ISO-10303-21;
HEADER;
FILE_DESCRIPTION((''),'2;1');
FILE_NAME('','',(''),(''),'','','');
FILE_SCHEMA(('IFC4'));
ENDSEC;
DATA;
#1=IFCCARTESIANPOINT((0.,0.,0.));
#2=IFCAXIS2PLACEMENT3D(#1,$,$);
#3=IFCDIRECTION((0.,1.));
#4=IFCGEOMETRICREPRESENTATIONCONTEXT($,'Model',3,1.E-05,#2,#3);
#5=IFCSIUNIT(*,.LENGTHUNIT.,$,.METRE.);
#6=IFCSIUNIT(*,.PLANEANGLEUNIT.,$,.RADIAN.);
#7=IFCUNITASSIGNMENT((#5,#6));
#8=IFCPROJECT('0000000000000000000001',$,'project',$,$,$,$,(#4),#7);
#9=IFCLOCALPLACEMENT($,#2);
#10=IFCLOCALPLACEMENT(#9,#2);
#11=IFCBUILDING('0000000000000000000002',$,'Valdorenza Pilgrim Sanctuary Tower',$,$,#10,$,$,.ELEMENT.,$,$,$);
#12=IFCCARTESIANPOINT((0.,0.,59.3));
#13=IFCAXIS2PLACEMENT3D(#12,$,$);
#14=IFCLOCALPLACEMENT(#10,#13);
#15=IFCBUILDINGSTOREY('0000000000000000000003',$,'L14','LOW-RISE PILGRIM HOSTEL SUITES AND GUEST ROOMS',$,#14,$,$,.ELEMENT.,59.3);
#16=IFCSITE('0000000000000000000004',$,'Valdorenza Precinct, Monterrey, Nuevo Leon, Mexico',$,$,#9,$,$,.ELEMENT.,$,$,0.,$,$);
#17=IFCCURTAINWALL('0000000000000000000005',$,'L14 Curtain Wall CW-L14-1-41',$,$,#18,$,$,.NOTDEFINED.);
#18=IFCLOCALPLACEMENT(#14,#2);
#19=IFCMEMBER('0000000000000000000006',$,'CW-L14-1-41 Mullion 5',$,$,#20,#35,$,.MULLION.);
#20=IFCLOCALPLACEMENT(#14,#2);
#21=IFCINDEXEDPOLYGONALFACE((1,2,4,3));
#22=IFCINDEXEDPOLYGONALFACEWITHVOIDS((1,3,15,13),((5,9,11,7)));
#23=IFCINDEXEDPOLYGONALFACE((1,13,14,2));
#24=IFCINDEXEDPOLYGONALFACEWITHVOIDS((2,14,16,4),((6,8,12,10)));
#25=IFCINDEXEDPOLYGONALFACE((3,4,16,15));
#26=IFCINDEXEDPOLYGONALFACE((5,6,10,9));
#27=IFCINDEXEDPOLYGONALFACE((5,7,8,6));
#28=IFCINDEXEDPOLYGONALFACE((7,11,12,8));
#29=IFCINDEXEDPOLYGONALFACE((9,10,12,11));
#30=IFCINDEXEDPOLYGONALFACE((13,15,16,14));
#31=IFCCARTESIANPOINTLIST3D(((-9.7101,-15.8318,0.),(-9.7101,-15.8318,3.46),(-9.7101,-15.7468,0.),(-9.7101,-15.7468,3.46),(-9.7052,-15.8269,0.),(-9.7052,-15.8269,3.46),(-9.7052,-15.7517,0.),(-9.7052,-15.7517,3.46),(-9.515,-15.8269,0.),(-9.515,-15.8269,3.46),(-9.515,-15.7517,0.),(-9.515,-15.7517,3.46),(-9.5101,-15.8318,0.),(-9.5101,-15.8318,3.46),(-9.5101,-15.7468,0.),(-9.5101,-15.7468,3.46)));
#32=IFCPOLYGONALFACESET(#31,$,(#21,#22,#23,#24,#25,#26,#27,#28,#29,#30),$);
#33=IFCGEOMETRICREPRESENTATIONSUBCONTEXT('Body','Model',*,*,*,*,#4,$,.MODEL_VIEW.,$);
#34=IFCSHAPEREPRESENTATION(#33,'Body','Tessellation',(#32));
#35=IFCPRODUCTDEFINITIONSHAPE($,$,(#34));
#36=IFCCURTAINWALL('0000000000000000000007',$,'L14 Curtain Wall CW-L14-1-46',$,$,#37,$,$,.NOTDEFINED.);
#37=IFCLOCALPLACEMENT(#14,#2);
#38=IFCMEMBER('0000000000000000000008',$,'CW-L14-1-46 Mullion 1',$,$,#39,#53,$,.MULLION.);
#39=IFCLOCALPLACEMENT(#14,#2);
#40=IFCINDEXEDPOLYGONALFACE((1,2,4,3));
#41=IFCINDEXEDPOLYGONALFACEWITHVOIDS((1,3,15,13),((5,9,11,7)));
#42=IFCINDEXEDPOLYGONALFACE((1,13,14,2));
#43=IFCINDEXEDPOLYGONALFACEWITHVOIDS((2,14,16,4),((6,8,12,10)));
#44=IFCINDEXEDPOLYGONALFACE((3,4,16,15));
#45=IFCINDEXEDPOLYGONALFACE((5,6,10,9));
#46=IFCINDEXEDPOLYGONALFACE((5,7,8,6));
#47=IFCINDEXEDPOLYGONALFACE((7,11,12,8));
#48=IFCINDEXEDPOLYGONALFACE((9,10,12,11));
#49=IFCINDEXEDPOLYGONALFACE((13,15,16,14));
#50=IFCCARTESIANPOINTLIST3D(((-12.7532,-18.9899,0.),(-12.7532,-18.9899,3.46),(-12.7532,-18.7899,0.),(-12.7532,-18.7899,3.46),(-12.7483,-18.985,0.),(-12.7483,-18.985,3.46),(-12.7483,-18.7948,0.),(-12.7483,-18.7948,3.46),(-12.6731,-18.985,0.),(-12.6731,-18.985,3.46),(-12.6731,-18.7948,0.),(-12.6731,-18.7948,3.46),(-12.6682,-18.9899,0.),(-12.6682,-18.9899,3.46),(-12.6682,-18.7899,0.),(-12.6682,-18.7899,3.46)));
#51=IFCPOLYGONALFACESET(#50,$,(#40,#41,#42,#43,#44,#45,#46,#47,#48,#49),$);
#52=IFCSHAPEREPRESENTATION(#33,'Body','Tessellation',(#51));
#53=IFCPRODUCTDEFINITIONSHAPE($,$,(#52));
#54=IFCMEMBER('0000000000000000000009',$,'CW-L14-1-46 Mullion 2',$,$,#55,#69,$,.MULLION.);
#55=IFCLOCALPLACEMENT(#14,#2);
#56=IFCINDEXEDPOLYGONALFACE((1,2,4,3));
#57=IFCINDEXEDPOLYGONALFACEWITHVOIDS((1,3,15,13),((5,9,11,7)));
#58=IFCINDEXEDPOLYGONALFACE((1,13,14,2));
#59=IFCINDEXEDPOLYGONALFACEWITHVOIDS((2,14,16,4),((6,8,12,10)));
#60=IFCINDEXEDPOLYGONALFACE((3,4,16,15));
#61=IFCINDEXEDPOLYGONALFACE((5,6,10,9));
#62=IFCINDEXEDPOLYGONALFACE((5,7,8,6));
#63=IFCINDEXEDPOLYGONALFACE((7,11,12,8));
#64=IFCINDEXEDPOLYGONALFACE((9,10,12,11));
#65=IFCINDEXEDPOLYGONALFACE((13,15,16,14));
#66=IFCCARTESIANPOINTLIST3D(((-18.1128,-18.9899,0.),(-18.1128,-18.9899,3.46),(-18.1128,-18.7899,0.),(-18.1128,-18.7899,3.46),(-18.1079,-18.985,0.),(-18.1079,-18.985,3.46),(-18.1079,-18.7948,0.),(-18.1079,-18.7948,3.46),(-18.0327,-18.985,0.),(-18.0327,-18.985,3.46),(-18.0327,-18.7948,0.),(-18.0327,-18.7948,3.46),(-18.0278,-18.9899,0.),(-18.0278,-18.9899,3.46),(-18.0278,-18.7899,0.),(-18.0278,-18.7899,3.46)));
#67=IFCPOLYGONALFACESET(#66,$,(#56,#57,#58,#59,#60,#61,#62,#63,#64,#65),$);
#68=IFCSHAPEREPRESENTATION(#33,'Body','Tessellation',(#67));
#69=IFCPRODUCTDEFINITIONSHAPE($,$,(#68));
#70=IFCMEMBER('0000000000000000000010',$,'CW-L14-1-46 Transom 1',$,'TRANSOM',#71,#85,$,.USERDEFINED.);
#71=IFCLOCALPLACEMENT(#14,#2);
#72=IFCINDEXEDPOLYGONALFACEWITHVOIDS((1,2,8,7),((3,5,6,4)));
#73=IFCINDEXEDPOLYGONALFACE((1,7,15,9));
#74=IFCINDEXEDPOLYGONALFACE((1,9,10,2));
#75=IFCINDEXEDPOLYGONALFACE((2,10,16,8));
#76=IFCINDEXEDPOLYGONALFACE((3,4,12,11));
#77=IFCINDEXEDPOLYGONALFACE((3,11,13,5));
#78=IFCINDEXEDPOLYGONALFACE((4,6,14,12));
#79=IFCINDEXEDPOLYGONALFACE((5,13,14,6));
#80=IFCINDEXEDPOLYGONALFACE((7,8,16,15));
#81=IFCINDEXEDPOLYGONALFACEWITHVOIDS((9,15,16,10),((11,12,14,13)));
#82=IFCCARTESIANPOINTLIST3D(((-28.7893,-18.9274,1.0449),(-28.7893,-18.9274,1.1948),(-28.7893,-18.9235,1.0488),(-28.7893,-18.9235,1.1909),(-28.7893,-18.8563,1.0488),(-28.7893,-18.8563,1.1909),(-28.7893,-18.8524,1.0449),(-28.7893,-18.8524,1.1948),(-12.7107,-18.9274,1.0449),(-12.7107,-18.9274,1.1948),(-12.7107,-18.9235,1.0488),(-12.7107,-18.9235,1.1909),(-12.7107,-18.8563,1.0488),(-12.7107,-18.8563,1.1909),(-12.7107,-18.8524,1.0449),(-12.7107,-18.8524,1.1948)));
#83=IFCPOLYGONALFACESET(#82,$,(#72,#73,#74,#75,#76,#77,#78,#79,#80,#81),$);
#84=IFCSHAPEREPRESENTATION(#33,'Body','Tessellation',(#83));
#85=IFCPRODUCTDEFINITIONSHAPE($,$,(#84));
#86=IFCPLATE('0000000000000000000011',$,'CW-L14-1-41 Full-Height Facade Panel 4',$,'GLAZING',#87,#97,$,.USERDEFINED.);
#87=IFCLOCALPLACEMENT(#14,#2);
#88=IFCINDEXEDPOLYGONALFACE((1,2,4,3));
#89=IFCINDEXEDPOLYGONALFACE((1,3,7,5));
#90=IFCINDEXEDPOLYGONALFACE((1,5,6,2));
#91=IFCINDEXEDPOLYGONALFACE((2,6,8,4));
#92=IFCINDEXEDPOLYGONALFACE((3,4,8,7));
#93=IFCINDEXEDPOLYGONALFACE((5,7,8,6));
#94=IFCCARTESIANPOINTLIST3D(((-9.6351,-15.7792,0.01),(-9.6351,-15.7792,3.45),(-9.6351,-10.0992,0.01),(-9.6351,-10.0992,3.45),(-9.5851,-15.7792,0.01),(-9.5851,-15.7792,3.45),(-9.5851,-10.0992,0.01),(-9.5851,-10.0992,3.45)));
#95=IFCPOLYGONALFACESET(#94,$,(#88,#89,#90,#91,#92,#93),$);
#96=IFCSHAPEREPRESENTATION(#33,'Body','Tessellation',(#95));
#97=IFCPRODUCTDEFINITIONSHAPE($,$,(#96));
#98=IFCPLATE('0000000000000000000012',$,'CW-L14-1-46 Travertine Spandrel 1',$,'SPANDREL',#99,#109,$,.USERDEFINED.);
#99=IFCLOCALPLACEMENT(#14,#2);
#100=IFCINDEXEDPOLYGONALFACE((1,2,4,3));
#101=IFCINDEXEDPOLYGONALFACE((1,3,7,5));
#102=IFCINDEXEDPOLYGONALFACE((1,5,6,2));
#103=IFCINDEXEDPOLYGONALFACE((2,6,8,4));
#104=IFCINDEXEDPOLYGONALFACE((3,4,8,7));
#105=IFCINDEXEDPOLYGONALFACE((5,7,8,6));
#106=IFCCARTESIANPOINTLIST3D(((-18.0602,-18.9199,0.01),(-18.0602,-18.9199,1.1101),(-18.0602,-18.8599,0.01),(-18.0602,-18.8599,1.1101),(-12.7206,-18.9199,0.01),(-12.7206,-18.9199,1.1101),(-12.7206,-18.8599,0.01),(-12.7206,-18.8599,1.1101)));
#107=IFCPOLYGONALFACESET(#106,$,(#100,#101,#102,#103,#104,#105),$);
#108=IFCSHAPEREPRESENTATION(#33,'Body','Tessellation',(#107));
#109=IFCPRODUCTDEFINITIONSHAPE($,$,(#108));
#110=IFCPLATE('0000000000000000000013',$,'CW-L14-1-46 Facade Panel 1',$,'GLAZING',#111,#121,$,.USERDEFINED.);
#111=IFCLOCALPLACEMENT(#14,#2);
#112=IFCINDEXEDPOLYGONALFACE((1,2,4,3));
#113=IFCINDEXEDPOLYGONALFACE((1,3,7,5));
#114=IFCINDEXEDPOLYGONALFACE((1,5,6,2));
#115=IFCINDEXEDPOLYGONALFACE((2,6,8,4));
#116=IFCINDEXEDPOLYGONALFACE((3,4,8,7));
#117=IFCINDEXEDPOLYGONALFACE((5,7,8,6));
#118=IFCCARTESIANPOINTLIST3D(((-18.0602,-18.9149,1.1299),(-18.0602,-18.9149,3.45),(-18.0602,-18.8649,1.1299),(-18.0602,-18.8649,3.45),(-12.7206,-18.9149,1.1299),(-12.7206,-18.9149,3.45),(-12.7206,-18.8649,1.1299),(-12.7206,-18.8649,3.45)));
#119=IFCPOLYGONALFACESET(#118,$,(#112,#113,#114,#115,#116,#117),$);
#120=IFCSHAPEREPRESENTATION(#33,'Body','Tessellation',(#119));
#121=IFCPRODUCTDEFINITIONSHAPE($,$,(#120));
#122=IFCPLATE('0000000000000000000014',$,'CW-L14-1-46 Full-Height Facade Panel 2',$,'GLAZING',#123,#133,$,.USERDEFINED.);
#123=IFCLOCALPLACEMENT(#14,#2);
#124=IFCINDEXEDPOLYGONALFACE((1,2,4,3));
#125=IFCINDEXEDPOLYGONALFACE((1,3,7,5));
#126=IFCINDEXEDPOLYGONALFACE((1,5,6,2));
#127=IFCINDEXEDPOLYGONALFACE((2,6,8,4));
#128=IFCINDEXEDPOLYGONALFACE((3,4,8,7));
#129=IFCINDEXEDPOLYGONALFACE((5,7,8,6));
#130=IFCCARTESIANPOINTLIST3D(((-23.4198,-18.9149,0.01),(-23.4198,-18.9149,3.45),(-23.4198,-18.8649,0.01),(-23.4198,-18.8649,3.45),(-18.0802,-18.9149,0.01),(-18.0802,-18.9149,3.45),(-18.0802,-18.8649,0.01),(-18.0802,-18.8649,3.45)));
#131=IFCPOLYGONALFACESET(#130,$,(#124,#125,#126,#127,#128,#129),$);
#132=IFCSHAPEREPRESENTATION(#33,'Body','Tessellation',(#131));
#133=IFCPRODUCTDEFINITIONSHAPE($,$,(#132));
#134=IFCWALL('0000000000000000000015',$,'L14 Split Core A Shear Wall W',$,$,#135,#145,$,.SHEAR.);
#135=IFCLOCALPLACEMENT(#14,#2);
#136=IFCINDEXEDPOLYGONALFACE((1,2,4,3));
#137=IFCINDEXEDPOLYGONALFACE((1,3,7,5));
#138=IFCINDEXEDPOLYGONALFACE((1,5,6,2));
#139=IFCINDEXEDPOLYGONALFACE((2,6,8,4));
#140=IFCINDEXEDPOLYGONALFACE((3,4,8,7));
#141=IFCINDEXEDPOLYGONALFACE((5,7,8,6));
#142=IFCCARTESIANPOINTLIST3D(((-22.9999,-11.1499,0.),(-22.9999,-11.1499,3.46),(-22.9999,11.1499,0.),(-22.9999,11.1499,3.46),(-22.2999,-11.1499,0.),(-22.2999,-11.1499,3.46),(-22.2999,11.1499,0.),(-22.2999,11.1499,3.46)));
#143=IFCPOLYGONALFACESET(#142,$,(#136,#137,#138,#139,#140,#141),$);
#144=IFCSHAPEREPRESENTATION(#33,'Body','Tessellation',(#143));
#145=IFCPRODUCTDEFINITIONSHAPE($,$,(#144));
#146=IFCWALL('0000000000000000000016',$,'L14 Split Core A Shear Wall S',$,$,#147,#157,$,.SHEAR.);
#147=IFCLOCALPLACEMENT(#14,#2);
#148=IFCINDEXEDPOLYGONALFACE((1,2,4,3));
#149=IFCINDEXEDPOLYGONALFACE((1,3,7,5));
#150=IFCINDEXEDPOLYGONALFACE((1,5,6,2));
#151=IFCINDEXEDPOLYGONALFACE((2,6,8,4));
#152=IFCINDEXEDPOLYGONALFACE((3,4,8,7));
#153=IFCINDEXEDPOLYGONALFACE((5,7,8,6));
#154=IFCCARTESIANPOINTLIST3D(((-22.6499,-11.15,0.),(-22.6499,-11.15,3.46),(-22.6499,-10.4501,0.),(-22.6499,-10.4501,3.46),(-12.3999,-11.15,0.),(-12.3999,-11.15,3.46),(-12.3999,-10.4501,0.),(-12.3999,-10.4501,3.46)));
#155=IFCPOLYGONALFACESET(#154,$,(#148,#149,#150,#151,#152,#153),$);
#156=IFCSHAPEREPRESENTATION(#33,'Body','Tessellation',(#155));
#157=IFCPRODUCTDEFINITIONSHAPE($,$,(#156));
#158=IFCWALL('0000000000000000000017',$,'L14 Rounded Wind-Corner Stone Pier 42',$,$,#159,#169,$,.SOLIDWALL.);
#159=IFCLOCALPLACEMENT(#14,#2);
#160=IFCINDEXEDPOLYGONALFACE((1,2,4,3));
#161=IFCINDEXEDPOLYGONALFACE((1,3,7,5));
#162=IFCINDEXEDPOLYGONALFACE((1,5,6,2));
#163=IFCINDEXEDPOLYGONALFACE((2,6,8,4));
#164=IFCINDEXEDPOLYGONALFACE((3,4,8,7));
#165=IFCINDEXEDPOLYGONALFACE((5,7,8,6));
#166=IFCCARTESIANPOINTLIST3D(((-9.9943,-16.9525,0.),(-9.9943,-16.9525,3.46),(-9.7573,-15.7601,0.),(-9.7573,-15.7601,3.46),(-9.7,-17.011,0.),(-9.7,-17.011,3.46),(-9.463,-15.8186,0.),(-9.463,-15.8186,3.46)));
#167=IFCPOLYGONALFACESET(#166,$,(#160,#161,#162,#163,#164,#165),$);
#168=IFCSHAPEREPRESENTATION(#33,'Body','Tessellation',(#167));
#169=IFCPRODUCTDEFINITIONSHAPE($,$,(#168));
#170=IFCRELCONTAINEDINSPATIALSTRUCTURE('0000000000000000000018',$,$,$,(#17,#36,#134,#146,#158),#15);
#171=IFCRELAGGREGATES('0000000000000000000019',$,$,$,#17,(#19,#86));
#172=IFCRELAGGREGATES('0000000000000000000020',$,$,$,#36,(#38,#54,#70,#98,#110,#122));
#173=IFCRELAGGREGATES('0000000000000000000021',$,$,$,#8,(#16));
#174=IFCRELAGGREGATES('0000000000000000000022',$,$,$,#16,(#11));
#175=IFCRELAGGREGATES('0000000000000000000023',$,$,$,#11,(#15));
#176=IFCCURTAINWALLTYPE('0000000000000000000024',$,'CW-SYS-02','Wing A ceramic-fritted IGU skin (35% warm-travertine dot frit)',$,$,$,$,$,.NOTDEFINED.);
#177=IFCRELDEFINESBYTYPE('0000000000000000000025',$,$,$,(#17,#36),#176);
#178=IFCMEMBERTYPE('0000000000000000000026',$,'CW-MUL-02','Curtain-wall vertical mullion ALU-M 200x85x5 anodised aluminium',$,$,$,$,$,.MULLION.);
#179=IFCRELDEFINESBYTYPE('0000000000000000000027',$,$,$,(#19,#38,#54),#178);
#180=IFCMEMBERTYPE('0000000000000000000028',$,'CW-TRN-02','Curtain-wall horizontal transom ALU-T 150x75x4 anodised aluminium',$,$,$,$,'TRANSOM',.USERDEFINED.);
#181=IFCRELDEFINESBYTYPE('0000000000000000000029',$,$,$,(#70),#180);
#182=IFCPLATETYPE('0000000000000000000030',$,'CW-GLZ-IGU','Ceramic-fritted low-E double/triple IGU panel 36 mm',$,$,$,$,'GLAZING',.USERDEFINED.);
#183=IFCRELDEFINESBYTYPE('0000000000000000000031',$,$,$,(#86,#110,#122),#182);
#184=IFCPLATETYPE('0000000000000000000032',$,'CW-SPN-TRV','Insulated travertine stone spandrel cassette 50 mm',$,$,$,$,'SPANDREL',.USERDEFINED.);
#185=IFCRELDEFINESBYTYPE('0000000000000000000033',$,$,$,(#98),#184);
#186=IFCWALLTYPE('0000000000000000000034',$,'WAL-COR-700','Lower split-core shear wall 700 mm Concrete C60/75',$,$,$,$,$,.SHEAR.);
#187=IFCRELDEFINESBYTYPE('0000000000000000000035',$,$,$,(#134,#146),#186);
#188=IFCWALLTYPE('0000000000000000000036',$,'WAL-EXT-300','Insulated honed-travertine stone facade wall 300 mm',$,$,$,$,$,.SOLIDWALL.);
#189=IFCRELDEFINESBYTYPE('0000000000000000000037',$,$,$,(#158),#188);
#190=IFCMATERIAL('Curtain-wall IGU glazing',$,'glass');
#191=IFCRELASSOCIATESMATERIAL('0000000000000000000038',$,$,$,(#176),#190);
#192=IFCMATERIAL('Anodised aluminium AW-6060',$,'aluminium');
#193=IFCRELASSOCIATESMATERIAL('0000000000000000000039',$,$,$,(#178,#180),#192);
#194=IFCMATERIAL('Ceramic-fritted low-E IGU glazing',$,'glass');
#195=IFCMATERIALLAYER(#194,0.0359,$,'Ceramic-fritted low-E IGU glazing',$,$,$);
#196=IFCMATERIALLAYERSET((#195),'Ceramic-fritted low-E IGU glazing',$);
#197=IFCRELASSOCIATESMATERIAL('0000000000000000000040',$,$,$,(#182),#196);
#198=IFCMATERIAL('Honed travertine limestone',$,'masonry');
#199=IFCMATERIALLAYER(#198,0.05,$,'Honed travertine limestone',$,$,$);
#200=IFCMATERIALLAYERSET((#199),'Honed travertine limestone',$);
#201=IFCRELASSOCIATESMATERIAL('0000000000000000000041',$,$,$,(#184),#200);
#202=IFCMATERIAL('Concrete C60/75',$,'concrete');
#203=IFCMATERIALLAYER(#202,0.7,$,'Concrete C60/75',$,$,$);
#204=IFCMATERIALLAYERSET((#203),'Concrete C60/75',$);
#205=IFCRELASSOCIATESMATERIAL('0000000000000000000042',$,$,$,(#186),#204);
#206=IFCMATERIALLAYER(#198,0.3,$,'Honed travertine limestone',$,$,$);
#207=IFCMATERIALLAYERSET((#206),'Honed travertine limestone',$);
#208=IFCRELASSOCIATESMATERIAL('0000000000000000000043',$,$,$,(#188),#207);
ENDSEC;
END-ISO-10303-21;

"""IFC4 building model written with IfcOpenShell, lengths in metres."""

from ifc_helpers import new_model, si_unit, direction, frame, frame_2d, origin, origin_2d, place, context, subcontext, project, spatial, rectangle, hollow_rectangle, extrude, source, transform, mapped, material, layer, layer_set, material_profile, profile_set, type_object, element, aggregate, save


model = new_model("IFC4")

# Units and contexts
model_context = context("Model", 3, precision=1e-05, world=origin(), true_north=direction((0.0, 1.0)))
body_context = subcontext(model_context, "Body", "Model", "MODEL_VIEW")
ifc_project = project(units=[si_unit("LENGTHUNIT", "METRE"), si_unit("PLANEANGLEUNIT", "RADIAN")], contexts=[model_context])

# Site, building, storey
site_placement = place(None, origin())
site = spatial("IfcSite", under=ifc_project, at=site_placement, Name="Valdorenza Precinct, Monterrey, Nuevo Leon, Mexico", CompositionType="ELEMENT", RefElevation=0.0)
building_placement = place(site_placement, origin())
building = spatial("IfcBuilding", under=site, at=building_placement, Name="Valdorenza Pilgrim Sanctuary Tower", CompositionType="ELEMENT")
storey_placement = place(building_placement, frame((0.0, 0.0, 59.3)))
storey = spatial("IfcBuildingStorey", under=building, at=storey_placement, Name="L14", Description="LOW-RISE PILGRIM HOSTEL SUITES AND GUEST ROOMS", CompositionType="ELEMENT", Elevation=59.3)

# Shared definitions
ifc_material_1 = material(Name="Concrete C60/75", Category="concrete")

# Curtain wall, member
ifc_material_2 = material(Name="Curtain-wall IGU glazing", Category="glass")
curtain_wall_type = type_object("IfcCurtainWallType", Name="CW-SYS-02", Description="Wing A ceramic-fritted IGU skin (35% warm-travertine dot frit)", PredefinedType="NOTDEFINED", material=ifc_material_2)
curtain_wall_1_placement = place(storey_placement, origin())
curtain_wall_1 = element("IfcCurtainWall", 1, at=curtain_wall_1_placement, inside=storey, type_object=curtain_wall_type, Name="L14 Curtain Wall CW-L14-1-41", PredefinedType="NOTDEFINED")
ifc_material_3 = material(Name="Anodised aluminium AW-6060", Category="aluminium")
ifc_material_profile_1 = material_profile(ifc_material_3, hollow_rectangle(XDim=0.085, YDim=0.2, WallThickness=0.0049, at=origin_2d()), Name="ALU-M 200x85x5")
ifc_profile_set_1 = profile_set([ifc_material_profile_1], Name="Anodised aluminium AW-6060")
member_type_1 = type_object("IfcMemberType", Name="CW-MUL-02", Description="Curtain-wall vertical mullion ALU-M 200x85x5 anodised aluminium", PredefinedType="MULLION", material=ifc_profile_set_1)
shared_shape_1 = source(origin(), body_context, "Body", "SweptSolid", [
    extrude(hollow_rectangle(XDim=0.085, YDim=0.2, WallThickness=0.0049, at=origin_2d()), origin(), (0.0, 0.0, 1.0), 3.46),
])
member_1_placement = place(storey_placement, frame((-9.6101, -15.7893, 0.0), z_axis=(0.0, 0.0, 1.0), x_axis=(0.0, -1.0, 0.0)))
member_1 = element("IfcMember", 2, at=member_1_placement, type_object=member_type_1, Name="CW-L14-1-41 Mullion 5", PredefinedType="MULLION", context=body_context, shape_type="MappedRepresentation", body=[
    mapped(shared_shape_1, transform((0.0, 0.0, 0.0), x_axis=(1.0, 0.0, 0.0), y_axis=(0.0, 1.0, 0.0), z_axis=(0.0, 0.0, 1.0), scale=1.0)),
])

# Curtain wall, members
curtain_wall_2_placement = place(storey_placement, origin())
curtain_wall_2 = element("IfcCurtainWall", 3, at=curtain_wall_2_placement, inside=storey, type_object=curtain_wall_type, Name="L14 Curtain Wall CW-L14-1-46", PredefinedType="NOTDEFINED")
member_2_placement = place(storey_placement, frame((-12.7107, -18.8899, 0.0), z_axis=(0.0, 0.0, 1.0), x_axis=(-1.0, 0.0, 0.0)))
member_2 = element("IfcMember", 4, at=member_2_placement, type_object=member_type_1, Name="CW-L14-1-46 Mullion 1", PredefinedType="MULLION", context=body_context, shape_type="MappedRepresentation", body=[
    mapped(shared_shape_1, transform((0.0, 0.0, 0.0), x_axis=(1.0, 0.0, 0.0), y_axis=(0.0, 1.0, 0.0), z_axis=(0.0, 0.0, 1.0), scale=1.0)),
])
member_3_placement = place(storey_placement, frame((-18.0703, -18.8899, 0.0), z_axis=(0.0, 0.0, 1.0), x_axis=(-1.0, 0.0, 0.0)))
member_3 = element("IfcMember", 5, at=member_3_placement, type_object=member_type_1, Name="CW-L14-1-46 Mullion 2", PredefinedType="MULLION", context=body_context, shape_type="MappedRepresentation", body=[
    mapped(shared_shape_1, transform((0.0, 0.0, 0.0), x_axis=(1.0, 0.0, 0.0), y_axis=(0.0, 1.0, 0.0), z_axis=(0.0, 0.0, 1.0), scale=1.0)),
])
ifc_material_profile_2 = material_profile(ifc_material_3, hollow_rectangle(XDim=0.075, YDim=0.1499, WallThickness=0.0039, at=origin_2d()), Name="ALU-T 150x75x4")
ifc_profile_set_2 = profile_set([ifc_material_profile_2], Name="Anodised aluminium AW-6060")
member_type_2 = type_object("IfcMemberType", Name="CW-TRN-02", Description="Curtain-wall horizontal transom ALU-T 150x75x4 anodised aluminium", ElementType="TRANSOM", PredefinedType="USERDEFINED", material=ifc_profile_set_2)
shared_shape_2 = source(origin(), body_context, "Body", "SweptSolid", [
    extrude(hollow_rectangle(XDim=0.075, YDim=0.1499, WallThickness=0.0039, at=origin_2d()), origin(), (0.0, 0.0, 1.0), 16.0786),
])
member_4_placement = place(storey_placement, frame((-12.7107, -18.8899, 1.1199), z_axis=(-1.0, 0.0, 0.0), x_axis=(0.0, -1.0, 0.0)))
member_4 = element("IfcMember", 6, at=member_4_placement, type_object=member_type_2, Name="CW-L14-1-46 Transom 1", ObjectType="TRANSOM", PredefinedType="USERDEFINED", context=body_context, shape_type="MappedRepresentation", body=[
    mapped(shared_shape_2, transform((0.0, 0.0, 0.0), x_axis=(1.0, 0.0, 0.0), y_axis=(0.0, 1.0, 0.0), z_axis=(0.0, 0.0, 1.0), scale=1.0)),
])

# Plates
ifc_material_4 = material(Name="Ceramic-fritted low-E IGU glazing", Category="glass")
ifc_layer_1 = layer(ifc_material_4, 0.0359, Name="Ceramic-fritted low-E IGU glazing")
ifc_layer_set_1 = layer_set([ifc_layer_1], Name="Ceramic-fritted low-E IGU glazing")
plate_type_1 = type_object("IfcPlateType", Name="CW-GLZ-IGU", Description="Ceramic-fritted low-E double/triple IGU panel 36 mm", ElementType="GLAZING", PredefinedType="USERDEFINED", material=ifc_layer_set_1)
shared_shape_3 = source(origin(), body_context, "Body", "SweptSolid", [
    extrude(rectangle(XDim=5.6799, YDim=0.05, at=origin_2d()), origin(), (0.0, 0.0, 1.0), 3.4399),
])
plate_1_placement = place(storey_placement, frame((-9.6101, -12.9392, 0.01), z_axis=(0.0, 0.0, 1.0), x_axis=(0.0, -1.0, 0.0)))
plate_1 = element("IfcPlate", 7, at=plate_1_placement, type_object=plate_type_1, Name="CW-L14-1-41 Full-Height Facade Panel 4", ObjectType="GLAZING", PredefinedType="USERDEFINED", context=body_context, shape_type="MappedRepresentation", body=[
    mapped(shared_shape_3, transform((0.0, 0.0, 0.0), x_axis=(1.0, 0.0, 0.0), y_axis=(0.0, 1.0, 0.0), z_axis=(0.0, 0.0, 1.0), scale=1.0)),
])
aggregate(curtain_wall_1, [member_1, plate_1])
ifc_material_5 = material(Name="Honed travertine limestone", Category="masonry")
ifc_layer_2 = layer(ifc_material_5, 0.05, Name="Honed travertine limestone")
ifc_layer_set_2 = layer_set([ifc_layer_2], Name="Honed travertine limestone")
plate_type_2 = type_object("IfcPlateType", Name="CW-SPN-TRV", Description="Insulated travertine stone spandrel cassette 50 mm", ElementType="SPANDREL", PredefinedType="USERDEFINED", material=ifc_layer_set_2)
shared_shape_4 = source(origin(), body_context, "Body", "SweptSolid", [
    extrude(rectangle(XDim=5.3396, YDim=0.0601, at=origin_2d()), origin(), (0.0, 0.0, 1.0), 1.1001),
])
plate_2_placement = place(storey_placement, frame((-15.3904, -18.8899, 0.01), z_axis=(0.0, 0.0, 1.0), x_axis=(-1.0, 0.0, 0.0)))
plate_2 = element("IfcPlate", 8, at=plate_2_placement, type_object=plate_type_2, Name="CW-L14-1-46 Travertine Spandrel 1", ObjectType="SPANDREL", PredefinedType="USERDEFINED", context=body_context, shape_type="MappedRepresentation", body=[
    mapped(shared_shape_4, transform((0.0, 0.0, 0.0), x_axis=(1.0, 0.0, 0.0), y_axis=(0.0, 1.0, 0.0), z_axis=(0.0, 0.0, 1.0), scale=1.0)),
])
shared_shape_5 = source(origin(), body_context, "Body", "SweptSolid", [
    extrude(rectangle(XDim=5.3396, YDim=0.05, at=origin_2d()), origin(), (0.0, 0.0, 1.0), 2.3201),
])
plate_3_placement = place(storey_placement, frame((-15.3904, -18.8899, 1.1299), z_axis=(0.0, 0.0, 1.0), x_axis=(-1.0, 0.0, 0.0)))
plate_3 = element("IfcPlate", 9, at=plate_3_placement, type_object=plate_type_1, Name="CW-L14-1-46 Facade Panel 1", ObjectType="GLAZING", PredefinedType="USERDEFINED", context=body_context, shape_type="MappedRepresentation", body=[
    mapped(shared_shape_5, transform((0.0, 0.0, 0.0), x_axis=(1.0, 0.0, 0.0), y_axis=(0.0, 1.0, 0.0), z_axis=(0.0, 0.0, 1.0), scale=1.0)),
])
shared_shape_6 = source(origin(), body_context, "Body", "SweptSolid", [
    extrude(rectangle(XDim=5.3396, YDim=0.05, at=origin_2d()), origin(), (0.0, 0.0, 1.0), 3.4399),
])
plate_4_placement = place(storey_placement, frame((-20.75, -18.8899, 0.01), z_axis=(0.0, 0.0, 1.0), x_axis=(-1.0, 0.0, 0.0)))
plate_4 = element("IfcPlate", 10, at=plate_4_placement, type_object=plate_type_1, Name="CW-L14-1-46 Full-Height Facade Panel 2", ObjectType="GLAZING", PredefinedType="USERDEFINED", context=body_context, shape_type="MappedRepresentation", body=[
    mapped(shared_shape_6, transform((0.0, 0.0, 0.0), x_axis=(1.0, 0.0, 0.0), y_axis=(0.0, 1.0, 0.0), z_axis=(0.0, 0.0, 1.0), scale=1.0)),
])
aggregate(curtain_wall_2, [member_2, member_3, member_4, plate_2, plate_3, plate_4])

# Walls
ifc_layer_3 = layer(ifc_material_1, 0.7, Name="Concrete C60/75")
ifc_layer_set_3 = layer_set([ifc_layer_3], Name="Concrete C60/75")
wall_type_1 = type_object("IfcWallType", Name="WAL-COR-700", Description="Lower split-core shear wall 700 mm Concrete C60/75", PredefinedType="SHEAR", material=ifc_layer_set_3)
wall_1_placement = place(storey_placement, frame((-22.6499, -11.1499, 0.0), z_axis=(0.0, 0.0, 1.0), x_axis=(0.0, 1.0, 0.0)))
element("IfcWall", 11, at=wall_1_placement, inside=storey, type_object=wall_type_1, Name="L14 Split Core A Shear Wall W", PredefinedType="SHEAR", context=body_context, shape_type="SweptSolid", body=[
    extrude(rectangle(XDim=22.2998, YDim=0.7, at=frame_2d((11.1499, 0.0))), origin(), (0.0, 0.0, 1.0), 3.46),
])
wall_2_placement = place(storey_placement, frame((-22.6499, -10.8, 0.0), z_axis=(0.0, 0.0, 1.0), x_axis=(1.0, 0.0, 0.0)))
element("IfcWall", 12, at=wall_2_placement, inside=storey, type_object=wall_type_1, Name="L14 Split Core A Shear Wall S", PredefinedType="SHEAR", context=body_context, shape_type="SweptSolid", body=[
    extrude(rectangle(XDim=10.25, YDim=0.7, at=frame_2d((5.125, 0.0))), origin(), (0.0, 0.0, 1.0), 3.46),
])
ifc_layer_4 = layer(ifc_material_5, 0.3, Name="Honed travertine limestone")
ifc_layer_set_4 = layer_set([ifc_layer_4], Name="Honed travertine limestone")
wall_type_2 = type_object("IfcWallType", Name="WAL-EXT-300", Description="Insulated honed-travertine stone facade wall 300 mm", PredefinedType="SOLIDWALL", material=ifc_layer_set_4)
wall_3_placement = place(storey_placement, frame((-9.6101, -15.7893, 0.0), z_axis=(0.0, 0.0, 1.0), x_axis=(-0.194996, -0.980804, 0.0)))
element("IfcWall", 13, at=wall_3_placement, inside=storey, type_object=wall_type_2, Name="L14 Rounded Wind-Corner Stone Pier 42", PredefinedType="SOLIDWALL", context=body_context, shape_type="SweptSolid", body=[
    extrude(rectangle(XDim=1.2158, YDim=0.3, at=frame_2d((0.6079, 0.0))), origin(), (0.0, 0.0, 1.0), 3.46),
])

save(model, "model.ifc")
